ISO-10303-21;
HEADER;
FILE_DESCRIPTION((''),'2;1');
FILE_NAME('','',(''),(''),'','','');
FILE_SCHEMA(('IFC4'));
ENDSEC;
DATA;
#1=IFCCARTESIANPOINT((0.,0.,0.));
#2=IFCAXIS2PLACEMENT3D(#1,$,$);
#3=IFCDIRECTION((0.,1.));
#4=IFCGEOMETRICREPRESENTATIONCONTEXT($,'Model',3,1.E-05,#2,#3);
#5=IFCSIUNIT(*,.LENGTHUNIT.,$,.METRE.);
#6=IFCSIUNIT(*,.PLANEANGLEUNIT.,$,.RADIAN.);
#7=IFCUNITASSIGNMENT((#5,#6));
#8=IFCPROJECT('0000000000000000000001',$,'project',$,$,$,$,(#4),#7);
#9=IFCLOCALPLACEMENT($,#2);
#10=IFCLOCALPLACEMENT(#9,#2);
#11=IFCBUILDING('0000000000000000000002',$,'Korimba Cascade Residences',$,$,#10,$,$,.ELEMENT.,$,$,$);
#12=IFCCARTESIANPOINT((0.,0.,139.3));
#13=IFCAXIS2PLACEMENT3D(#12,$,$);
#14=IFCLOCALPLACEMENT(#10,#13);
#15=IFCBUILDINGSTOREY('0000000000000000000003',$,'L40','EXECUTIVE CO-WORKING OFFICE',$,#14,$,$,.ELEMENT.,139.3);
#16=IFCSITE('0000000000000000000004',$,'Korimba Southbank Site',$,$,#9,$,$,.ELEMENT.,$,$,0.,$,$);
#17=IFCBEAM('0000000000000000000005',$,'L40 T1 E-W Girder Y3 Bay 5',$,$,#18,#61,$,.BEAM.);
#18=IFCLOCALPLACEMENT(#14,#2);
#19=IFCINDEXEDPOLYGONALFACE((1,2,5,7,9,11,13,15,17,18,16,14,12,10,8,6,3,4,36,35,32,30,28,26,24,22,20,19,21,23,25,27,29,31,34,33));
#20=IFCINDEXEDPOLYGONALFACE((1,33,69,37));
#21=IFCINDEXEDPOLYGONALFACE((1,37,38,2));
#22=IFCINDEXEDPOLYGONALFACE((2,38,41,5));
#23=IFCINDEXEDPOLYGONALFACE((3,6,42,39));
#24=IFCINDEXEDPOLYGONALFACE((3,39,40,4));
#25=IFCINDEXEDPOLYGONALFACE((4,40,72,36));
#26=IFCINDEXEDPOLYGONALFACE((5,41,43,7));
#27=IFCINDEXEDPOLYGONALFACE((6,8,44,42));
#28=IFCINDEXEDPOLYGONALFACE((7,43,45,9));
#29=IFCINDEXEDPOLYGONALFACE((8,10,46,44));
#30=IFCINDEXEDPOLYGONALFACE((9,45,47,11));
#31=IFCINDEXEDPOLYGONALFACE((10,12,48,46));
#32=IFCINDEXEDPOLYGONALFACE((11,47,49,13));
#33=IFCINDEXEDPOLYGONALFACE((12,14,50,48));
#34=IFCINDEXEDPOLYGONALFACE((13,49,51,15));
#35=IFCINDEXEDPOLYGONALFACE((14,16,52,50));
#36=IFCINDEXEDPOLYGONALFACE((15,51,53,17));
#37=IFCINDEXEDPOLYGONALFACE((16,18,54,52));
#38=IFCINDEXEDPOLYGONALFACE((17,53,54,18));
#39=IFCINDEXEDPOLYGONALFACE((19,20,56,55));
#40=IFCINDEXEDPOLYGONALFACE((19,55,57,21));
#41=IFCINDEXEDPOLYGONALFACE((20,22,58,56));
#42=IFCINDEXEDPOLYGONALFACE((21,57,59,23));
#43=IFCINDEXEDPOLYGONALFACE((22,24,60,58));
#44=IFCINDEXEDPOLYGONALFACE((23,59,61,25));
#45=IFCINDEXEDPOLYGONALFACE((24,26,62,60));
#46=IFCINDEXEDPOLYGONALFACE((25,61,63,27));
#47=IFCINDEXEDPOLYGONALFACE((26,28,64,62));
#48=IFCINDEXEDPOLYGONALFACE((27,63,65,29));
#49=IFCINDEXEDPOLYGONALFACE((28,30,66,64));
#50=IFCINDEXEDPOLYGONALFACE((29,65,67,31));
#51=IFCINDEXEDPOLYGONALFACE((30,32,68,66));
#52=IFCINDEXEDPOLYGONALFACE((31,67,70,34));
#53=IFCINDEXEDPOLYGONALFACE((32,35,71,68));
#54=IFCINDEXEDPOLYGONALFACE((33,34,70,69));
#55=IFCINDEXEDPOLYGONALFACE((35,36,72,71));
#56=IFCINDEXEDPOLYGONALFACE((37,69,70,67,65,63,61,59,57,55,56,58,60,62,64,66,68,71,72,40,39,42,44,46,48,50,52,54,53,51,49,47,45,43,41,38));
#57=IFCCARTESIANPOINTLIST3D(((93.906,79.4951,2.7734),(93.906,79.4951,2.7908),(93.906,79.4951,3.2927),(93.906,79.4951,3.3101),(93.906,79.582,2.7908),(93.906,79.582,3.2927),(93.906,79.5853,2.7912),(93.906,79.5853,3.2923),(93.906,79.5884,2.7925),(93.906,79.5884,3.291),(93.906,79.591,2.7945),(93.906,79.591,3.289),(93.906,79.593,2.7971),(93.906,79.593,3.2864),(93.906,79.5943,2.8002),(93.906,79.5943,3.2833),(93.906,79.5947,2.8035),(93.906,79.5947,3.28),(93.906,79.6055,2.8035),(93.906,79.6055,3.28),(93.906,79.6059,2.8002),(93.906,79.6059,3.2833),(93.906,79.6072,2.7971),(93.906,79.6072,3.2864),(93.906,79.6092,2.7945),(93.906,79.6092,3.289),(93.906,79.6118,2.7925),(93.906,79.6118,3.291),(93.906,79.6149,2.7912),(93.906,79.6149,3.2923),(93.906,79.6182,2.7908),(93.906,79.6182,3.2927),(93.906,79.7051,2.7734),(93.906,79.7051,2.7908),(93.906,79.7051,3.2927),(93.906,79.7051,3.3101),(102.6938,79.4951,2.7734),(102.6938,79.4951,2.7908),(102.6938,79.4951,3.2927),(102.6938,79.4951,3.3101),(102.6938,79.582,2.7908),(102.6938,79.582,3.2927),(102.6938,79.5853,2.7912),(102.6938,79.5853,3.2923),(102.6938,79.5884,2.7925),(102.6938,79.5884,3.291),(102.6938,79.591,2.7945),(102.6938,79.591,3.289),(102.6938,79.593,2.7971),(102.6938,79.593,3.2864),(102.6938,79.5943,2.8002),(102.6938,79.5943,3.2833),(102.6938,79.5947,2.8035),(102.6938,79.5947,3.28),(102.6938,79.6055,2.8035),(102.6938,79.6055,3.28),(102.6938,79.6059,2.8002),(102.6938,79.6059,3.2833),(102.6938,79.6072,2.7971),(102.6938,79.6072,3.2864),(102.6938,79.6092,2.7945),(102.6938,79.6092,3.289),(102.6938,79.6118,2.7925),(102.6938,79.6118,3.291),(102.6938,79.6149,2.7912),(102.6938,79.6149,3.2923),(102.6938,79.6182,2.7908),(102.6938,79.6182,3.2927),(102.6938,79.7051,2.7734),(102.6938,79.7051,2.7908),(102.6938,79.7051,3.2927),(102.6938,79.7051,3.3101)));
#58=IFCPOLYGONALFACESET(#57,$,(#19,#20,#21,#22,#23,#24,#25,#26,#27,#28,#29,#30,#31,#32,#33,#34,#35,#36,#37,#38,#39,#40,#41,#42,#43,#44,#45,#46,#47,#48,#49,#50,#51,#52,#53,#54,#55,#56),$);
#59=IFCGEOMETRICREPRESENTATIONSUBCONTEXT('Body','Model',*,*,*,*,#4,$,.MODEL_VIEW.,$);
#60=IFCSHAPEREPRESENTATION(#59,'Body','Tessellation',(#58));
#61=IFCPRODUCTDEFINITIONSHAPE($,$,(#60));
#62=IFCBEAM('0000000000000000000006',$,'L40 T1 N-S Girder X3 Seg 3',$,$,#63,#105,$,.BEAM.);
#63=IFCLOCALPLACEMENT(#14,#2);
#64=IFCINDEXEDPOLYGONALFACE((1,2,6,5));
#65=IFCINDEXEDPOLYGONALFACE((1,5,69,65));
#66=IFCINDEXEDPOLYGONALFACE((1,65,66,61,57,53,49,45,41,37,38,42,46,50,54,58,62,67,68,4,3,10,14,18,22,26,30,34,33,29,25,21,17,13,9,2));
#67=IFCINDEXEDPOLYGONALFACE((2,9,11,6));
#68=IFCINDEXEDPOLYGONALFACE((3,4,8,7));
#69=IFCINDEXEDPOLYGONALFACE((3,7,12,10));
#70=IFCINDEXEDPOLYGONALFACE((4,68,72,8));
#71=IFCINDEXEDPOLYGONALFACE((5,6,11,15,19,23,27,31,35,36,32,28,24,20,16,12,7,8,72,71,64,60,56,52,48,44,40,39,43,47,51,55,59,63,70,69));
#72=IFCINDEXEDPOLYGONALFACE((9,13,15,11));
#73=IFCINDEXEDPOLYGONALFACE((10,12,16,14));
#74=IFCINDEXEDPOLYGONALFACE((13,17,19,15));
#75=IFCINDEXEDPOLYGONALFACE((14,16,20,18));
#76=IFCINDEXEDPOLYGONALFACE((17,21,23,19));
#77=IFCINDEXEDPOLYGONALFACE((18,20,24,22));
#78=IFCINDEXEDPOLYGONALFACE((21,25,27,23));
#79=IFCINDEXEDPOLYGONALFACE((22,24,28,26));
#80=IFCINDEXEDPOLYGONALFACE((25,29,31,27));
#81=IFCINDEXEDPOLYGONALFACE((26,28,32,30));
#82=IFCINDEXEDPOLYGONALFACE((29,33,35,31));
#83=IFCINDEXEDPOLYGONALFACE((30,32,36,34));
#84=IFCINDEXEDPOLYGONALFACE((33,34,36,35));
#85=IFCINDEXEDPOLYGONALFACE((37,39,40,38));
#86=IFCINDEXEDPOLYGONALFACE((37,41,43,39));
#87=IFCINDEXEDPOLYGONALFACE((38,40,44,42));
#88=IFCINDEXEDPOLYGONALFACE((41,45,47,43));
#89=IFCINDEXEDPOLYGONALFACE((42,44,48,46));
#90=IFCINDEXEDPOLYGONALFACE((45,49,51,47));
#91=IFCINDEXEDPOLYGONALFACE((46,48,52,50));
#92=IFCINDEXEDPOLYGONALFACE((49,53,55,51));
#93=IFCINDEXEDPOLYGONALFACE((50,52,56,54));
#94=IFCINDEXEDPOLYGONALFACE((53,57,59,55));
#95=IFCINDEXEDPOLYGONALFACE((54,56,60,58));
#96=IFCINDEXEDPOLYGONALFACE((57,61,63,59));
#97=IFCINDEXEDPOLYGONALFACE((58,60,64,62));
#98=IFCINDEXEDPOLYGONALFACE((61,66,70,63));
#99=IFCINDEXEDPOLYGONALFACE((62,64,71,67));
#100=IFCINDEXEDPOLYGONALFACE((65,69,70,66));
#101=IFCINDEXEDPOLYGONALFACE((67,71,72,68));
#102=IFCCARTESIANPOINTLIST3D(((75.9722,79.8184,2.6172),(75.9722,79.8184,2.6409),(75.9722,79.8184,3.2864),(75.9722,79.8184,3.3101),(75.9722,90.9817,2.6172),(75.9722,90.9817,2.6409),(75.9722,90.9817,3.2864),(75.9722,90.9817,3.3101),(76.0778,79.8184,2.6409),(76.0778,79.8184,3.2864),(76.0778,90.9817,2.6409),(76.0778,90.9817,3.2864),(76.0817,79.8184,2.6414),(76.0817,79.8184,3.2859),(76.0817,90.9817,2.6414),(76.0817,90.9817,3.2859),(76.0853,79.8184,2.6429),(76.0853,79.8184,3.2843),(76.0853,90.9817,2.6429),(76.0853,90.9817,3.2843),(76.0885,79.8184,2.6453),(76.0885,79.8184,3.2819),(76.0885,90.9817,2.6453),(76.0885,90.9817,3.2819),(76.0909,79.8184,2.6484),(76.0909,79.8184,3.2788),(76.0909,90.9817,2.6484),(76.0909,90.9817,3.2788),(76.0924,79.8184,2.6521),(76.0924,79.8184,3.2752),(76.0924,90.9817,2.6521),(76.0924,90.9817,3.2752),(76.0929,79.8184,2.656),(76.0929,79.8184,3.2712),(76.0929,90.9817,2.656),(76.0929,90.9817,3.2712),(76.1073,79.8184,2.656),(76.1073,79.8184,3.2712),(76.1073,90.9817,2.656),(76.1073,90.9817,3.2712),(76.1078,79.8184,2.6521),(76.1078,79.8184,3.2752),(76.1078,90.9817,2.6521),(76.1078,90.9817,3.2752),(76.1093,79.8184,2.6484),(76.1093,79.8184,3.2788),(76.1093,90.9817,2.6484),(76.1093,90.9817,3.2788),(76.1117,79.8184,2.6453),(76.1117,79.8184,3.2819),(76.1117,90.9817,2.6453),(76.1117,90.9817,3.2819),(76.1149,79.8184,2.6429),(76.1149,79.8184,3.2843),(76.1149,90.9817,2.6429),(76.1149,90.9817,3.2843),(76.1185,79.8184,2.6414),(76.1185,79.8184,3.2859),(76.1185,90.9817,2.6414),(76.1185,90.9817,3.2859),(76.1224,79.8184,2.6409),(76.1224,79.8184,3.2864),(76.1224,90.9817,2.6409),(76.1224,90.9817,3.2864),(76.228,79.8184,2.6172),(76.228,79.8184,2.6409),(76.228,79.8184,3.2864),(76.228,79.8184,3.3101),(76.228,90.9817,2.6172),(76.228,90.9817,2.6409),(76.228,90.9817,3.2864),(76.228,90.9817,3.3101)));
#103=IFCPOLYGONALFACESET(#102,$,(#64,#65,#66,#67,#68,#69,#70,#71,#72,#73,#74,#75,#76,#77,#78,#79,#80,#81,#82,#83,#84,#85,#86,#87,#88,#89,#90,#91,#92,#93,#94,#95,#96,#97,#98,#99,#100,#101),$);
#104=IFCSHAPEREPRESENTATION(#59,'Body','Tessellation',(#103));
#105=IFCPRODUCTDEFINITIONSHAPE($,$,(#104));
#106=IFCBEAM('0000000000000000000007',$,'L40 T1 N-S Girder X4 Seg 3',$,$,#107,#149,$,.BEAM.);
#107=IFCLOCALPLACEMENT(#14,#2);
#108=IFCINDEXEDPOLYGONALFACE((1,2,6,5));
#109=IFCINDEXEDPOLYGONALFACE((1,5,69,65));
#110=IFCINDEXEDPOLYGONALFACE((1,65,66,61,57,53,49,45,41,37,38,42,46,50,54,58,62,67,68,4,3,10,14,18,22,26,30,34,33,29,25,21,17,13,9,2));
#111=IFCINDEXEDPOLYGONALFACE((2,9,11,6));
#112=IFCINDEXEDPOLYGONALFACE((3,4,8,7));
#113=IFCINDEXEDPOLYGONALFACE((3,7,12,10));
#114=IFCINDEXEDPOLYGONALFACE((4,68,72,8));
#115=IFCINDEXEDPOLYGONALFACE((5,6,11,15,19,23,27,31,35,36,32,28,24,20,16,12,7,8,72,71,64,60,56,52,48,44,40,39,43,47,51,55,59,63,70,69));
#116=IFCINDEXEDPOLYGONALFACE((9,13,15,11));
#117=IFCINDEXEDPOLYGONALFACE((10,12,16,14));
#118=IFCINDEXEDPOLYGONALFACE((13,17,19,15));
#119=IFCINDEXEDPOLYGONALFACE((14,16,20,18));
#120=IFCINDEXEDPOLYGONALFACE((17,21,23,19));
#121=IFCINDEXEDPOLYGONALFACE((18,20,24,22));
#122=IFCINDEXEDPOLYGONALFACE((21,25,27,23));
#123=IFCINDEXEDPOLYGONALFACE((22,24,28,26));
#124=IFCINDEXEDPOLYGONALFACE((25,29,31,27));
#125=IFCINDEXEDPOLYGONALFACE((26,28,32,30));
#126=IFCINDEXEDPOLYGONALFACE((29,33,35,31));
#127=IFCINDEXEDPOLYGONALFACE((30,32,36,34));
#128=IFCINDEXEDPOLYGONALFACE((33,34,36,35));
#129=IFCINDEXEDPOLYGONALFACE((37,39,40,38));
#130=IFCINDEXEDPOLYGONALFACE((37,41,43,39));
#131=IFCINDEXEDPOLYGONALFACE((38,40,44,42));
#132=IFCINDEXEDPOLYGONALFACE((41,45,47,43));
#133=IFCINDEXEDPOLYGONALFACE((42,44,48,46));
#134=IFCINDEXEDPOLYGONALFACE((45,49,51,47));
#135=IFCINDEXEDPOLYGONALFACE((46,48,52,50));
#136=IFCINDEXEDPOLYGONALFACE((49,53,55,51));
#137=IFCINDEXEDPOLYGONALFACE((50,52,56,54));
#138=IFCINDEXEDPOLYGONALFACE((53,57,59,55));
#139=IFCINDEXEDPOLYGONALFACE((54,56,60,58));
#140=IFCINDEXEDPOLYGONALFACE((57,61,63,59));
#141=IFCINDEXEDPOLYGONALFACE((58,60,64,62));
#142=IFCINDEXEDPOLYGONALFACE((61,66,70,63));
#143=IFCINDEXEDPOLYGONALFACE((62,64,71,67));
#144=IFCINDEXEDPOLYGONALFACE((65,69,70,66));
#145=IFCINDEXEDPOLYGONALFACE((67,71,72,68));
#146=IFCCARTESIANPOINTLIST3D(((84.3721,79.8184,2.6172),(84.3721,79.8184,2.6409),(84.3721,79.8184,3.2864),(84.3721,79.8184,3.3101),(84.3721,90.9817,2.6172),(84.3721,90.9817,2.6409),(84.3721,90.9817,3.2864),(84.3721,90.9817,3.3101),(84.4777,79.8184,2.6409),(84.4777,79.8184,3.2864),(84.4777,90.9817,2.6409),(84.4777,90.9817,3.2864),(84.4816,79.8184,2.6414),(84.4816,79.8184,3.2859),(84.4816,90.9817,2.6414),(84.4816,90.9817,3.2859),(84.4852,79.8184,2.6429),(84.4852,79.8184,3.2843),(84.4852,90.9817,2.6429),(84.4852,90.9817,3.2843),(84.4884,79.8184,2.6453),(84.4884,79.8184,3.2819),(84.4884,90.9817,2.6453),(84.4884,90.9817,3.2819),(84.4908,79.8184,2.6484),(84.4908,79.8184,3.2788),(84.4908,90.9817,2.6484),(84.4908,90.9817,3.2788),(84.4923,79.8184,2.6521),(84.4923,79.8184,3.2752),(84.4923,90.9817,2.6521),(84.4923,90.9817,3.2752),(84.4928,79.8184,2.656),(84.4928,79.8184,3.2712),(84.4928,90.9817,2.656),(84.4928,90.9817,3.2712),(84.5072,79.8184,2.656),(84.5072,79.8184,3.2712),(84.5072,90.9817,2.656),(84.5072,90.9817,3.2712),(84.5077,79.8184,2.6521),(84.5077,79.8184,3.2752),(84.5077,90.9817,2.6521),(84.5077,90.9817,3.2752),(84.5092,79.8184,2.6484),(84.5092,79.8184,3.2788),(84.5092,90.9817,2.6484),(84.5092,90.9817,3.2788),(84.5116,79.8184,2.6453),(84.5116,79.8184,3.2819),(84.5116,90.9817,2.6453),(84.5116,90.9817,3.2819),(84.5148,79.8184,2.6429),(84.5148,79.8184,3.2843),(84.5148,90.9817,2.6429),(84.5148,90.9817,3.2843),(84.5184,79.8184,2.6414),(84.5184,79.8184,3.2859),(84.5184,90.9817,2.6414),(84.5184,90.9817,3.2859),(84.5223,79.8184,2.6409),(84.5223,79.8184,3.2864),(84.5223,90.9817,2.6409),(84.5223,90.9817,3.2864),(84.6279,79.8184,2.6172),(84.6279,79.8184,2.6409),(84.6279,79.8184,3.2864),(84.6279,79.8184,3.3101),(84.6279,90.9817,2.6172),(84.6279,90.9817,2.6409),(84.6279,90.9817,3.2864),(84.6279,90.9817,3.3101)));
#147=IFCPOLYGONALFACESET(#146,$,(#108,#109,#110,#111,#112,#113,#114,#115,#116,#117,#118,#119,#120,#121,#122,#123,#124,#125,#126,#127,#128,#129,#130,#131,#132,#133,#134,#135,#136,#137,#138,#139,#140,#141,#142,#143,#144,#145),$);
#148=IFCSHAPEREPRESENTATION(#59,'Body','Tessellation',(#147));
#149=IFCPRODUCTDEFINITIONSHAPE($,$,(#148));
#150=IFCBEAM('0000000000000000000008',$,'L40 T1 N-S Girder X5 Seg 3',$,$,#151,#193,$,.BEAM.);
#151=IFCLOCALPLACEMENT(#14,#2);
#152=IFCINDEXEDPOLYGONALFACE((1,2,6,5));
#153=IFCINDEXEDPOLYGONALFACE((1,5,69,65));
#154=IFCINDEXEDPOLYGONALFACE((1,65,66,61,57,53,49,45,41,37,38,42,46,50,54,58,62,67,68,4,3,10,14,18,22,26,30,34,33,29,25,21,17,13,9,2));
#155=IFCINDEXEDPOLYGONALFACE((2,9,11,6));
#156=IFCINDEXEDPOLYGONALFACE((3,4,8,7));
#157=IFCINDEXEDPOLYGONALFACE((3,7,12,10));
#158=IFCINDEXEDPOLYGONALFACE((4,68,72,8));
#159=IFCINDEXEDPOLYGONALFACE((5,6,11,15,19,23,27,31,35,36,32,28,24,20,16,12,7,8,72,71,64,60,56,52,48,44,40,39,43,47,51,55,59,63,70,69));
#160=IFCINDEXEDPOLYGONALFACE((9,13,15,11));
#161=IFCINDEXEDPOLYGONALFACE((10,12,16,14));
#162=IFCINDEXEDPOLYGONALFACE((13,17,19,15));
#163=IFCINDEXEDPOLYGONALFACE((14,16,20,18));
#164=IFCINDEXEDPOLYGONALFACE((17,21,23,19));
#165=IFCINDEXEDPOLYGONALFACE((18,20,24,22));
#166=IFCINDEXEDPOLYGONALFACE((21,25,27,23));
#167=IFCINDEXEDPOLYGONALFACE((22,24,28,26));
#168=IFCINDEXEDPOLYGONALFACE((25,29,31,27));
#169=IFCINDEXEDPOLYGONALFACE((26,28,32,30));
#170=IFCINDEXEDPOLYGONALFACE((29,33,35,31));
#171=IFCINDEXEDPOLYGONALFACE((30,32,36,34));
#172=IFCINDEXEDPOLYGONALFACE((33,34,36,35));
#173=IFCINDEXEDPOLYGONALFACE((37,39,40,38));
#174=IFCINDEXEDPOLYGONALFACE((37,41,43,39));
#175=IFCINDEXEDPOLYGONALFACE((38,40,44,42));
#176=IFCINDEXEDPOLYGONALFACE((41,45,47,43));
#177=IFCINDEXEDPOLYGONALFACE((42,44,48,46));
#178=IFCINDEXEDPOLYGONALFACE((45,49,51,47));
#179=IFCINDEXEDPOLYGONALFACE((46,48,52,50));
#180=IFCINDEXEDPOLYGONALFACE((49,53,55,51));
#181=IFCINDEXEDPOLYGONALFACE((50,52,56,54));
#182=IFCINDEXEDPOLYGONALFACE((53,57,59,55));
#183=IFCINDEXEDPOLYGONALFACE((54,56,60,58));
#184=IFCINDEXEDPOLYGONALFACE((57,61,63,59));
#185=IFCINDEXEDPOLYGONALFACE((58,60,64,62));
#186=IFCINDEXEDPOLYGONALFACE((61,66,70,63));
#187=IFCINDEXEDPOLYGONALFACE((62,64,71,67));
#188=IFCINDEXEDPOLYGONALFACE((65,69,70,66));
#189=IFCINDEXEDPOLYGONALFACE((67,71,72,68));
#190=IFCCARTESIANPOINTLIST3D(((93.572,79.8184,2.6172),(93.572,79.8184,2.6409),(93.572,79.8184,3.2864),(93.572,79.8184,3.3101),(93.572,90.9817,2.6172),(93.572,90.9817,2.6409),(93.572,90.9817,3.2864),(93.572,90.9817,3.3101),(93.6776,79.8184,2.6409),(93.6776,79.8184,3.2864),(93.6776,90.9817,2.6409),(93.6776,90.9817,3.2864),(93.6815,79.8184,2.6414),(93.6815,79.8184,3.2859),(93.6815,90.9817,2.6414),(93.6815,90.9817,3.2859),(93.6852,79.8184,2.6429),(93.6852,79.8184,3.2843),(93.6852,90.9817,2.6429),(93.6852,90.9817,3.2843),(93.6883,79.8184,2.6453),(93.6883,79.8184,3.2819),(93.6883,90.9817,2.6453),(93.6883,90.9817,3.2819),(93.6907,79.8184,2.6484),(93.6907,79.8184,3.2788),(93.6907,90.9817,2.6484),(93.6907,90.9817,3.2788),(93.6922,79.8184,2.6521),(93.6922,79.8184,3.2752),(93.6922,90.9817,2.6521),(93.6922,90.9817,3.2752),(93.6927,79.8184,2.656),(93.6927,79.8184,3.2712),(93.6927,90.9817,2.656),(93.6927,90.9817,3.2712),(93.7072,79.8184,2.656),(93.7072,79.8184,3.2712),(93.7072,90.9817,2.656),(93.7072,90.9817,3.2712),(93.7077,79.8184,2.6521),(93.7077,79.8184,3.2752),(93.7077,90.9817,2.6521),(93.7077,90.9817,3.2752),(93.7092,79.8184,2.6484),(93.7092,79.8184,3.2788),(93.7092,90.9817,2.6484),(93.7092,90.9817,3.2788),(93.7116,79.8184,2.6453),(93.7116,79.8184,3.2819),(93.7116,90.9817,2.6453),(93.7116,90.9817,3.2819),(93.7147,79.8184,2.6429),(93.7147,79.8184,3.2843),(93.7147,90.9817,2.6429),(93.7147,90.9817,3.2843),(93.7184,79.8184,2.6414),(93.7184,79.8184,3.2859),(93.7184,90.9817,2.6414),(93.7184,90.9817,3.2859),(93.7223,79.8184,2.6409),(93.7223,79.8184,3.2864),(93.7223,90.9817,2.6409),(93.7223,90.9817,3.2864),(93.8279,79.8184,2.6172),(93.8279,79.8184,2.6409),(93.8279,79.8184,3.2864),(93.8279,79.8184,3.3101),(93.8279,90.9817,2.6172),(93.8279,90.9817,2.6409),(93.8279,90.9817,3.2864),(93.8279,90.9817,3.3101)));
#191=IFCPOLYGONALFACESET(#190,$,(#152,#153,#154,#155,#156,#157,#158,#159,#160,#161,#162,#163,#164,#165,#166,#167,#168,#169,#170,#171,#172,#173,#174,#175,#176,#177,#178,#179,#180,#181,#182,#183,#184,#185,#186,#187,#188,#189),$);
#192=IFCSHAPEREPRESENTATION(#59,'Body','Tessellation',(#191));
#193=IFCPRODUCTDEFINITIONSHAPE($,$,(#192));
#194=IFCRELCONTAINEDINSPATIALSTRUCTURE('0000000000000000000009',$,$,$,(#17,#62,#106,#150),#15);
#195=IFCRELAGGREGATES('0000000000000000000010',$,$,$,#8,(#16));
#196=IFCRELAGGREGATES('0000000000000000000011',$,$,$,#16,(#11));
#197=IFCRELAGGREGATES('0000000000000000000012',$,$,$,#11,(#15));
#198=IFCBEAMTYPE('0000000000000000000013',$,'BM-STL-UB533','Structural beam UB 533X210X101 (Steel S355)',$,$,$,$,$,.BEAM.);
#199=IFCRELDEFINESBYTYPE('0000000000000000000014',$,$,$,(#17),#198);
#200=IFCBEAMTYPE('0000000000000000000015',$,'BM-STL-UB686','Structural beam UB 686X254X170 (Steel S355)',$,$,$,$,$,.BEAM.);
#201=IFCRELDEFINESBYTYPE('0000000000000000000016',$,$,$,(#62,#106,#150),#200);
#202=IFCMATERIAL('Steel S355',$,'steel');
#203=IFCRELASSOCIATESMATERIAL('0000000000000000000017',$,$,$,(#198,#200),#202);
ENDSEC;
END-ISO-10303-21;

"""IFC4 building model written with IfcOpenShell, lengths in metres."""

from ifc_helpers import new_model, si_unit, direction, frame, origin, origin_2d, place, context, subcontext, project, spatial, i_section, extrude, material, material_profile, profile_set, type_object, element, save


model = new_model("IFC4")

# Units and contexts
model_context = context("Model", 3, precision=1e-05, world=origin(), true_north=direction((0.0, 1.0)))
body_context = subcontext(model_context, "Body", "Model", "MODEL_VIEW")
ifc_project = project(units=[si_unit("LENGTHUNIT", "METRE"), si_unit("PLANEANGLEUNIT", "RADIAN")], contexts=[model_context])

# Site, building, storey
site_placement = place(None, origin())
site = spatial("IfcSite", under=ifc_project, at=site_placement, Name="Korimba Southbank Site", CompositionType="ELEMENT", RefElevation=0.0)
building_placement = place(site_placement, origin())
building = spatial("IfcBuilding", under=site, at=building_placement, Name="Korimba Cascade Residences", CompositionType="ELEMENT")
storey_placement = place(building_placement, frame((0.0, 0.0, 139.3)))
storey = spatial("IfcBuildingStorey", under=building, at=storey_placement, Name="L40", Description="EXECUTIVE CO-WORKING OFFICE", CompositionType="ELEMENT", Elevation=139.3)

# Beams
ifc_material_1 = material(Name="Steel S355", Category="steel")
ifc_material_profile_1 = material_profile(ifc_material_1, i_section(OverallWidth=0.21, OverallDepth=0.5366, WebThickness=0.0107, FlangeThickness=0.0173, FilletRadius=0.0127, at=origin_2d()), Name="Steel S355")
ifc_profile_set_1 = profile_set([ifc_material_profile_1], Name="Steel S355")
beam_type_1 = type_object("IfcBeamType", Name="BM-STL-UB533", Description="Structural beam UB 533X210X101 (Steel S355)", PredefinedType="BEAM", material=ifc_profile_set_1)
for number, where, z_axis, x_axis, name in (
    (1, (93.906, 79.6001, 3.0417), (1.0, 0.0, 0.0), (0.0, 1.0, 0.0), "L40 T1 E-W Girder Y3 Bay 5"),
):
    element("IfcBeam", number, at=place(storey_placement, frame(where, z_axis=z_axis, x_axis=x_axis)), inside=storey, type_object=beam_type_1, Name=name, PredefinedType="BEAM", context=body_context, shape_type="SweptSolid", body=[
        extrude(i_section(OverallWidth=0.21, OverallDepth=0.5366, WebThickness=0.0107, FlangeThickness=0.0173, FilletRadius=0.0127, at=origin_2d()), origin(), (0.0, 0.0, 1.0), 8.7878),
    ])
ifc_material_profile_2 = material_profile(ifc_material_1, i_section(OverallWidth=0.2559, OverallDepth=0.6929, WebThickness=0.0144, FlangeThickness=0.0237, FilletRadius=0.0151, at=origin_2d()), Name="Steel S355")
ifc_profile_set_2 = profile_set([ifc_material_profile_2], Name="Steel S355")
beam_type_2 = type_object("IfcBeamType", Name="BM-STL-UB686", Description="Structural beam UB 686X254X170 (Steel S355)", PredefinedType="BEAM", material=ifc_profile_set_2)
for number, where, z_axis, x_axis, name in (
    (2, (76.1001, 79.8184, 2.9636), (0.0, 1.0, 0.0), (-1.0, 0.0, 0.0), "L40 T1 N-S Girder X3 Seg 3"),
    (3, (84.5, 79.8184, 2.9636), (0.0, 1.0, 0.0), (-1.0, 0.0, 0.0), "L40 T1 N-S Girder X4 Seg 3"),
    (4, (93.7, 79.8184, 2.9636), (0.0, 1.0, 0.0), (-1.0, 0.0, 0.0), "L40 T1 N-S Girder X5 Seg 3"),
):
    element("IfcBeam", number, at=place(storey_placement, frame(where, z_axis=z_axis, x_axis=x_axis)), inside=storey, type_object=beam_type_2, Name=name, PredefinedType="BEAM", context=body_context, shape_type="SweptSolid", body=[
        extrude(i_section(OverallWidth=0.2559, OverallDepth=0.6929, WebThickness=0.0144, FlangeThickness=0.0237, FilletRadius=0.0151, at=origin_2d()), origin(), (0.0, 0.0, 1.0), 11.1633),
    ])

save(model, "model.ifc")
